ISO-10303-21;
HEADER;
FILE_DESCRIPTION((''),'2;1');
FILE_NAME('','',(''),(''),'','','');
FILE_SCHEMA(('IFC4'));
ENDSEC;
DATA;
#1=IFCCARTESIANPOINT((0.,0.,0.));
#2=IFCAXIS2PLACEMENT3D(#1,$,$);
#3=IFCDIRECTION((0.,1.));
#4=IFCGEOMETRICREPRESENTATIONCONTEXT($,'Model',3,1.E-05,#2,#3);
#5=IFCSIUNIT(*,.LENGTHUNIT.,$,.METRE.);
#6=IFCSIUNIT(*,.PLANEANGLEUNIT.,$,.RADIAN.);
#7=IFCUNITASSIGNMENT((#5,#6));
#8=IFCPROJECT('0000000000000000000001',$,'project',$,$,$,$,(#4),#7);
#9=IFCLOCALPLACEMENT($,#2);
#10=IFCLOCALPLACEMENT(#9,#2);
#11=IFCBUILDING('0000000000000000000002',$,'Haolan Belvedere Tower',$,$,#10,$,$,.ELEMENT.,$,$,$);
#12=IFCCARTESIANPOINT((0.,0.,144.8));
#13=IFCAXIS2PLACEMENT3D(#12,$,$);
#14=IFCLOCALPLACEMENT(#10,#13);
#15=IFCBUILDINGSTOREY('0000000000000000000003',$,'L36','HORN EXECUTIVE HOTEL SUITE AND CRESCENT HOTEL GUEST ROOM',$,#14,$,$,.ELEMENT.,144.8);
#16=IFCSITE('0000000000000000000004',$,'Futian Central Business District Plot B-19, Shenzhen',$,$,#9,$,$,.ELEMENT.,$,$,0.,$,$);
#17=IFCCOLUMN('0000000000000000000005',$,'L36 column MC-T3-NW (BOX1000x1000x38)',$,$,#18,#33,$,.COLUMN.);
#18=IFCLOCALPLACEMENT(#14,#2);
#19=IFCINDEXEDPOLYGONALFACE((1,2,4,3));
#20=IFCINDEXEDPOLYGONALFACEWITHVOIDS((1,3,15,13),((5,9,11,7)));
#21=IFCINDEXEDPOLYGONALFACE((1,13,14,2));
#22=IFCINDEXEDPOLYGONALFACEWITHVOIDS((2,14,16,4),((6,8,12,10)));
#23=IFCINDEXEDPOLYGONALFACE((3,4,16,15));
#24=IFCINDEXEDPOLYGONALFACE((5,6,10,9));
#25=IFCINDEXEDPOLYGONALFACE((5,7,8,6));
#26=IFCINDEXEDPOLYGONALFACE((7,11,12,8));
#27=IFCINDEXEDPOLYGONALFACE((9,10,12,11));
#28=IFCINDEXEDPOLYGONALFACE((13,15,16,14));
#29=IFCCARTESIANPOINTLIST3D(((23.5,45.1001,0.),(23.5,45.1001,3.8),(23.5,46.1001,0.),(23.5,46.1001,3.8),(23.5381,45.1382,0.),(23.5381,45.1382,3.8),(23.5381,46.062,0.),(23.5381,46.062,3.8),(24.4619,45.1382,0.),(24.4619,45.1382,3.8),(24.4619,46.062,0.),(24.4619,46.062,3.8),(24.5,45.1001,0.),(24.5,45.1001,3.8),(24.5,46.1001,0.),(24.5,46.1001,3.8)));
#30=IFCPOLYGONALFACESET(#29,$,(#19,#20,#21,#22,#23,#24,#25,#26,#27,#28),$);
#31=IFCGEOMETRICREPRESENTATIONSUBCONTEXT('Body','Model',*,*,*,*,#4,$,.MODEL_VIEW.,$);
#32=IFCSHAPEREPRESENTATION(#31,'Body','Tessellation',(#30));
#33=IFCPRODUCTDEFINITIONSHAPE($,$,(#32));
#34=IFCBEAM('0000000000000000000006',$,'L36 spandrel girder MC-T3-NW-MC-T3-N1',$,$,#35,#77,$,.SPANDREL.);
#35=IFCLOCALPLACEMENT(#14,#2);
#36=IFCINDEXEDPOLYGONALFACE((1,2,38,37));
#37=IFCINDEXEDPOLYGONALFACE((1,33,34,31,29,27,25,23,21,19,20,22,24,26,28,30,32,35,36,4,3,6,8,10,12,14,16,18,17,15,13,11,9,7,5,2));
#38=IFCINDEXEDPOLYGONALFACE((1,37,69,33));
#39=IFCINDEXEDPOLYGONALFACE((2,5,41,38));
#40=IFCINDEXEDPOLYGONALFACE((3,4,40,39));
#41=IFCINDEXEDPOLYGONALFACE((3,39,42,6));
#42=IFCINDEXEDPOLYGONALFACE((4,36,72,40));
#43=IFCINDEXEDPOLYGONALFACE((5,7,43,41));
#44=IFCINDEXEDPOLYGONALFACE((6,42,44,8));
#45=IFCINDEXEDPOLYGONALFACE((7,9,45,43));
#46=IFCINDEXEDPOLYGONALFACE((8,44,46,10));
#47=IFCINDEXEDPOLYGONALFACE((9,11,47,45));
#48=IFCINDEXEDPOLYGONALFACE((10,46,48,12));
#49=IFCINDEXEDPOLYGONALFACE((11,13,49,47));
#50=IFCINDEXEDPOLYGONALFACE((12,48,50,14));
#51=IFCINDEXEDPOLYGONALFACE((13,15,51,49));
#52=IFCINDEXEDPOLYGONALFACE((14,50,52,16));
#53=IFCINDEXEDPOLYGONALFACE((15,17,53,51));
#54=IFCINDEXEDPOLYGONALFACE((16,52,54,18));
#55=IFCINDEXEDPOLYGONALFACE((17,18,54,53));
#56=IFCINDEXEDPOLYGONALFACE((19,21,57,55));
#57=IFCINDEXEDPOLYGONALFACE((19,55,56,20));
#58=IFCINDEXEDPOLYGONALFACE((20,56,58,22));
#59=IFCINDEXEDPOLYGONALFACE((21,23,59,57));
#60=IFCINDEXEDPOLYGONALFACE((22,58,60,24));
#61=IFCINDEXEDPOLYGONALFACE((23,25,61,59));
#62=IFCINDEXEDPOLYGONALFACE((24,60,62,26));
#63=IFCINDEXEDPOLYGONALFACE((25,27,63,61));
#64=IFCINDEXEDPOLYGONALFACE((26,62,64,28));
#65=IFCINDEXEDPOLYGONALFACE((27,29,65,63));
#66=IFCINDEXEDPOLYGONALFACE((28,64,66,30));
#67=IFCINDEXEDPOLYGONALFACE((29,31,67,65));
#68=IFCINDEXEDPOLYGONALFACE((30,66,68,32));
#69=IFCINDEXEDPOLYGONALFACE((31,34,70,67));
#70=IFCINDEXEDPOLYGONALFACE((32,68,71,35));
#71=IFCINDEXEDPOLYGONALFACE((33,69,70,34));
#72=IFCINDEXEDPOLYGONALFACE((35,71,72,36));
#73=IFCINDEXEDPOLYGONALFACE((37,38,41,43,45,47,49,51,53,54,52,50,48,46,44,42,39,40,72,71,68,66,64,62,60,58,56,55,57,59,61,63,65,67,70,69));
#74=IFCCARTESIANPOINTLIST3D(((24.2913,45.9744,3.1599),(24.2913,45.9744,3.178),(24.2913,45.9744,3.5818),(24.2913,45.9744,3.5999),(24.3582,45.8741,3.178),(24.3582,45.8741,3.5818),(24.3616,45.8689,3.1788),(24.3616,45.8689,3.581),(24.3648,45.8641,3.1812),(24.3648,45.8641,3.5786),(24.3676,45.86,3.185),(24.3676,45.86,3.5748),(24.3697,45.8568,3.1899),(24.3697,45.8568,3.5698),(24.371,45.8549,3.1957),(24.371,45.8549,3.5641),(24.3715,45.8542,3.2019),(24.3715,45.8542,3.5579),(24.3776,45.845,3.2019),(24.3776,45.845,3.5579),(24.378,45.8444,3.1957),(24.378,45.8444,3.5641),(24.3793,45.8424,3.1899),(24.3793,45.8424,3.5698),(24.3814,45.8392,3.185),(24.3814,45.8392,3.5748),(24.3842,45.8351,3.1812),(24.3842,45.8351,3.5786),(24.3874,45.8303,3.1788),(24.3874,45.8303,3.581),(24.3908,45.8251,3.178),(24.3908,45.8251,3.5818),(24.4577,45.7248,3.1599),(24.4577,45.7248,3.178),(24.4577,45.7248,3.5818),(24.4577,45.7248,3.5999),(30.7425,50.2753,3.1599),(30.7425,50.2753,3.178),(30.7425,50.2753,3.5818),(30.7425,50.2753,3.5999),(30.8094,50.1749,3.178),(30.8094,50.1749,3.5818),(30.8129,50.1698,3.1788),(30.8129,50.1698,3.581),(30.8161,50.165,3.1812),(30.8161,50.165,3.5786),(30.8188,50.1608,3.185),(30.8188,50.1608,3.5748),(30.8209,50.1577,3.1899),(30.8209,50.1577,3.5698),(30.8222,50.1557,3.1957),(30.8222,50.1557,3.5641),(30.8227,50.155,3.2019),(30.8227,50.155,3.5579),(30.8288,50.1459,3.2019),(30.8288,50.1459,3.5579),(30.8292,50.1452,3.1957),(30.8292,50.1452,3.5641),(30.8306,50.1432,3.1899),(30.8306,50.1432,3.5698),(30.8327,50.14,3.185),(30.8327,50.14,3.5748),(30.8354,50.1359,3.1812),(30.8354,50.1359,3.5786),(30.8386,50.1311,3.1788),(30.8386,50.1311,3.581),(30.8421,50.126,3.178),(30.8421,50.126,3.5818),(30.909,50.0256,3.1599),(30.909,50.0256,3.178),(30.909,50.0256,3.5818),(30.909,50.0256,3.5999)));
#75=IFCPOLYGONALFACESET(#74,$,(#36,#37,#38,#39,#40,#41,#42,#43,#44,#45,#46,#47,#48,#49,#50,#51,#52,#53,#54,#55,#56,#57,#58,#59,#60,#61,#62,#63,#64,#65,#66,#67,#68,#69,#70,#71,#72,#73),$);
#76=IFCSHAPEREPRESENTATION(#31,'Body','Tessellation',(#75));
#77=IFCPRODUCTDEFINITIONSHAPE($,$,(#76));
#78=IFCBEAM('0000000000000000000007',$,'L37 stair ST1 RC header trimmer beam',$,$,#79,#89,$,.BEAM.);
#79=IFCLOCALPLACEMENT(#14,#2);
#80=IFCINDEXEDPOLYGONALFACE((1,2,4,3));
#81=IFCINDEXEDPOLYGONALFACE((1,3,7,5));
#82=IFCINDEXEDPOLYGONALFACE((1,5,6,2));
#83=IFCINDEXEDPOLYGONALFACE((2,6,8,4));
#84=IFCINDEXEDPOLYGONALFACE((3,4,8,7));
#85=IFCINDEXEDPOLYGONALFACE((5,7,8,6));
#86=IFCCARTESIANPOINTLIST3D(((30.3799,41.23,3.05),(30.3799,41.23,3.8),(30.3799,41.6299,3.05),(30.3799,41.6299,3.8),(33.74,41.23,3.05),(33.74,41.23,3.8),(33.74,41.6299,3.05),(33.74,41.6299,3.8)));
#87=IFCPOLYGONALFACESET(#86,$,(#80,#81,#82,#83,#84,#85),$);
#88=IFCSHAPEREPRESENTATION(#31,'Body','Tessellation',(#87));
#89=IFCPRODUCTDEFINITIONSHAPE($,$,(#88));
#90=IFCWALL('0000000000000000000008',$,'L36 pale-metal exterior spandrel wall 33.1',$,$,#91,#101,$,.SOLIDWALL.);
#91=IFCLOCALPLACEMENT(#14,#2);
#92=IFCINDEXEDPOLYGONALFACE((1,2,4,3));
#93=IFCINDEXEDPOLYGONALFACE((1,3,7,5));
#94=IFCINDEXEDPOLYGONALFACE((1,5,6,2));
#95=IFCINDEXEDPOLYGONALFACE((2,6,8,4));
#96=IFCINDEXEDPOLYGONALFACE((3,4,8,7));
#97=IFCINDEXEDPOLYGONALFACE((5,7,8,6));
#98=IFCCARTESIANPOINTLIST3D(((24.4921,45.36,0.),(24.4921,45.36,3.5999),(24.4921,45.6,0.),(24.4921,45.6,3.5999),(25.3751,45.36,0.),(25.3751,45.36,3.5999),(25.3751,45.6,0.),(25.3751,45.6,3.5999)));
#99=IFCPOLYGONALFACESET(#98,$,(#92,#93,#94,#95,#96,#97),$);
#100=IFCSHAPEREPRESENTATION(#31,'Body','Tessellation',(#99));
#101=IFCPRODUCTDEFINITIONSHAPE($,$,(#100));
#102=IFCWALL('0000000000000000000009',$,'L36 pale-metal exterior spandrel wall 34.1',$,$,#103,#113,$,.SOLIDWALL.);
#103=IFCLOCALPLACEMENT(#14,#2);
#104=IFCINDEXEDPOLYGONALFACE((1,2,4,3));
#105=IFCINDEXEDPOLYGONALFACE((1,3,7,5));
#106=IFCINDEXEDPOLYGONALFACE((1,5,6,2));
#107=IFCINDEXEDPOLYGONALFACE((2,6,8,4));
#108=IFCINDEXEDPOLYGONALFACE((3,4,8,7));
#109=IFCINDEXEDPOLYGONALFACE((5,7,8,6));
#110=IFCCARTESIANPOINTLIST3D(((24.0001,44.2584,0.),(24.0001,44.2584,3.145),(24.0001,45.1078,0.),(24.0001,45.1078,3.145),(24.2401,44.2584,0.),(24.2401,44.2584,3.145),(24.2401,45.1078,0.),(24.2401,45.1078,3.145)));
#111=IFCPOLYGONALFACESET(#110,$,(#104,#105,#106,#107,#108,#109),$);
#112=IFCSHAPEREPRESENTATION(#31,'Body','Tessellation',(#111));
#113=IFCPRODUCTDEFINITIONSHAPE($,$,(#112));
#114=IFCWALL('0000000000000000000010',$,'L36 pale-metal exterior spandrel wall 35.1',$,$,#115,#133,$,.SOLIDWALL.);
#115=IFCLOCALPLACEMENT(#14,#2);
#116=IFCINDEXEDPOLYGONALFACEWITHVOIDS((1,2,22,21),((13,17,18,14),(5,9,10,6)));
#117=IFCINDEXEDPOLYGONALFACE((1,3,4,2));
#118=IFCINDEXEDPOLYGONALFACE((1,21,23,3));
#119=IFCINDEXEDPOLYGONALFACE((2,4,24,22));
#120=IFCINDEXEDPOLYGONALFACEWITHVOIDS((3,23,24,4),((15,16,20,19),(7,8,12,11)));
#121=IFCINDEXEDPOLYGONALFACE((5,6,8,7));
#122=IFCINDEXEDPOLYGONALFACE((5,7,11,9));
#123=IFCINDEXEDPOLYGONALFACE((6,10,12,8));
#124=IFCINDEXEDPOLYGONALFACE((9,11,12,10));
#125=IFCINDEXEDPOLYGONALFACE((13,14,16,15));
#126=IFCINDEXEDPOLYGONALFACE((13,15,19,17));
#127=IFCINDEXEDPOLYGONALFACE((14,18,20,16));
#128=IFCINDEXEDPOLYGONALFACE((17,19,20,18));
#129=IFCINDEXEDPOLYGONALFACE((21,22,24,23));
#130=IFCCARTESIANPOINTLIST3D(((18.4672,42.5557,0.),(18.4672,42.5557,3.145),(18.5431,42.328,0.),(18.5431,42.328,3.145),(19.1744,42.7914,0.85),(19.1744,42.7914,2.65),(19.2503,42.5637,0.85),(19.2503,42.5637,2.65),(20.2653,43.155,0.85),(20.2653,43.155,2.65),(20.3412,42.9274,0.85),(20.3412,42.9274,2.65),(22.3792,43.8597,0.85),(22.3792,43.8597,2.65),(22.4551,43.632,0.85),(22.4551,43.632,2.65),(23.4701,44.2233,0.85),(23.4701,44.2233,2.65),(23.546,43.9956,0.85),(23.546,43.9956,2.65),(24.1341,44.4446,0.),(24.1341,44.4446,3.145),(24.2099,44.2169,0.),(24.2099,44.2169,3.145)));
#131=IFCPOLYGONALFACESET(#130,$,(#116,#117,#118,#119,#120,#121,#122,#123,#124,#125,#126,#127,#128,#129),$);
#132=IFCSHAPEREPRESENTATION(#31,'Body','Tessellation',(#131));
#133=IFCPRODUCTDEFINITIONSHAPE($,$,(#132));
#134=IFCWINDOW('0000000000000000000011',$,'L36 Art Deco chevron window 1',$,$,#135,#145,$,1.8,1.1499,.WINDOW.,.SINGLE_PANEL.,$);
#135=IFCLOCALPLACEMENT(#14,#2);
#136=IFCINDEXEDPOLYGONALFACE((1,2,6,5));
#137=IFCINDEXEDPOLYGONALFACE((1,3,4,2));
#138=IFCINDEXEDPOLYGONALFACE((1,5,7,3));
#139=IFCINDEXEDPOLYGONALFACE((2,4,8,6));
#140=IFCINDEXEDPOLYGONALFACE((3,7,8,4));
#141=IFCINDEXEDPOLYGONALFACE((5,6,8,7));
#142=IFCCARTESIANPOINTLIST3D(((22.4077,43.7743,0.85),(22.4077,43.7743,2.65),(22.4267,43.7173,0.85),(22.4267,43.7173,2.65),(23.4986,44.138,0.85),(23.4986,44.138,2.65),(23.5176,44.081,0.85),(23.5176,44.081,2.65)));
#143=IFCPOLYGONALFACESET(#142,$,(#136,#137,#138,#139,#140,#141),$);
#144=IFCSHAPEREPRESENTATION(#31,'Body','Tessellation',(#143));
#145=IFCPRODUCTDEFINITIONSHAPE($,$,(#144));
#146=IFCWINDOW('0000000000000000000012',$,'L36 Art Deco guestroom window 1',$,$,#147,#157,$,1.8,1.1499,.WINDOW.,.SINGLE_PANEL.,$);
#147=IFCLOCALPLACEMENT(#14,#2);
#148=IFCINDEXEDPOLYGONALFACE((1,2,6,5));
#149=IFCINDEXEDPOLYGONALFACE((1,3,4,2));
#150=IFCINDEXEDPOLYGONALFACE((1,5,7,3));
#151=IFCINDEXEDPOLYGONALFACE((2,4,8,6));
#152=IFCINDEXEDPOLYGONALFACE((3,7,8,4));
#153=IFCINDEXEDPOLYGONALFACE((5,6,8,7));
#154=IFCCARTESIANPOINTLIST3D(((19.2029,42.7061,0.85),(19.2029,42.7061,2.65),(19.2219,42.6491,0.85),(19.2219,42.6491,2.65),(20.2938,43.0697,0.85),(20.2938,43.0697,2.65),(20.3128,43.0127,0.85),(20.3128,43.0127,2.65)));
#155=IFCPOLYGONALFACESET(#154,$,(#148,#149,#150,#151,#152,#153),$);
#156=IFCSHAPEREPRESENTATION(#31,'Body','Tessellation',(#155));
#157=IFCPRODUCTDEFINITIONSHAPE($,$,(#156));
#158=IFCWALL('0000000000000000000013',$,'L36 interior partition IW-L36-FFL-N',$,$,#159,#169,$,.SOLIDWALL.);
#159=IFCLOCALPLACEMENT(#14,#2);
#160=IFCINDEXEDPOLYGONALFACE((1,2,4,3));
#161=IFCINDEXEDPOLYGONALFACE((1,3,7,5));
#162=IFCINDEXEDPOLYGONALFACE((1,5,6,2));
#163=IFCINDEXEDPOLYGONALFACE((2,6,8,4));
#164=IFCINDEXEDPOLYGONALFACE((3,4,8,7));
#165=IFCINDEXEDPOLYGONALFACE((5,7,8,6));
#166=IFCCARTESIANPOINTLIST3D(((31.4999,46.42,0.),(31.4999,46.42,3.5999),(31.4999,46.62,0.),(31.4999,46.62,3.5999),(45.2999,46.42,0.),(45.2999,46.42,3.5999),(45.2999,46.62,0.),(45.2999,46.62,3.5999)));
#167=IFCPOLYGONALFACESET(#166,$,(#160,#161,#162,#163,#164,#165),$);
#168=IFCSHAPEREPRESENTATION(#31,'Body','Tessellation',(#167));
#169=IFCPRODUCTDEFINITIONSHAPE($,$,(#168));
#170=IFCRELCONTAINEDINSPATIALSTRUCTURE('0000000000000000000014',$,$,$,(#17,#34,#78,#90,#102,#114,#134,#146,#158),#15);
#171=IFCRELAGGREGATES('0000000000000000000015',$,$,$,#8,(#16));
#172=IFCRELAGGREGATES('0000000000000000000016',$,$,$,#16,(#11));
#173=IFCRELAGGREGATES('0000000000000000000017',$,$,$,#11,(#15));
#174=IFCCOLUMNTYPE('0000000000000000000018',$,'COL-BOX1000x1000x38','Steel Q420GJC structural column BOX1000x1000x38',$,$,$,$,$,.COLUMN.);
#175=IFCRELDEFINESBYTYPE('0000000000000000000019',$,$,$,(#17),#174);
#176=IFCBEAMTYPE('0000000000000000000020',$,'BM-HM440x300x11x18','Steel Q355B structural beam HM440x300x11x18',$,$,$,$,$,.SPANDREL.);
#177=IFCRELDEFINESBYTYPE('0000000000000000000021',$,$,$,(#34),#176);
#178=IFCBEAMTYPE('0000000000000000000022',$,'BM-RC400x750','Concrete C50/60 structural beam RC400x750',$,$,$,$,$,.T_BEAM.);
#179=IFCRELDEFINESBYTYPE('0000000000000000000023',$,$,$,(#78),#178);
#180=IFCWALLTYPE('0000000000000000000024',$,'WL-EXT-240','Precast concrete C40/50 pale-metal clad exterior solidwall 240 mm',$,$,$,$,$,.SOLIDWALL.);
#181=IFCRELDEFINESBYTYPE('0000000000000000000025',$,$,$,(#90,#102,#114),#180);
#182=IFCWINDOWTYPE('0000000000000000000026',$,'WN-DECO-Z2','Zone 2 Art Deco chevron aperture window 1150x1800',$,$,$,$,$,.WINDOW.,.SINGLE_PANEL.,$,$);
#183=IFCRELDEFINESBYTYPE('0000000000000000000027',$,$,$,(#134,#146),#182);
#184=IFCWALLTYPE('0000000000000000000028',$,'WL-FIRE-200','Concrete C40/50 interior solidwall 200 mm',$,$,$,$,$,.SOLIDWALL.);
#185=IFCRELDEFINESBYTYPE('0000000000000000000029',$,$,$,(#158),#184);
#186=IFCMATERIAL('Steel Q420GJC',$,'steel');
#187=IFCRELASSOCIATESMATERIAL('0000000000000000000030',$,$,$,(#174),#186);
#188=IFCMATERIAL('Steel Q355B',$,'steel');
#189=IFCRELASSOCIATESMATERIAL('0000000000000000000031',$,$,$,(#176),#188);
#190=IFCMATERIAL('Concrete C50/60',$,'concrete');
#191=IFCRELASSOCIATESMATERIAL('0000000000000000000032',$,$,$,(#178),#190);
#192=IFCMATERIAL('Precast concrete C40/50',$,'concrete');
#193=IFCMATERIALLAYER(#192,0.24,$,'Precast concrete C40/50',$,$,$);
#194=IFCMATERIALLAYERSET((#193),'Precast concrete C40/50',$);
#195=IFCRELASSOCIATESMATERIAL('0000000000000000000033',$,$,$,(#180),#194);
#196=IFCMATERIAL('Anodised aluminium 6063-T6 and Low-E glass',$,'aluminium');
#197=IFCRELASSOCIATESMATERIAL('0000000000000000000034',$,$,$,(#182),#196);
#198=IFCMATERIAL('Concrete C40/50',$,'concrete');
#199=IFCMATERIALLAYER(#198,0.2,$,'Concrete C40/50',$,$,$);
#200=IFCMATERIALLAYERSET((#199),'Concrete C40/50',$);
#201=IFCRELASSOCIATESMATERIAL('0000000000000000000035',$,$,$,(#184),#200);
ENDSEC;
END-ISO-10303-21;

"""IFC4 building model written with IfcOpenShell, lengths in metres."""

from ifc_helpers import new_model, si_unit, direction, frame, frame_2d, origin, origin_2d, place, context, subcontext, project, spatial, rectangle, hollow_rectangle, i_section, extrude, material, layer, layer_set, material_profile, profile_set, type_object, element, fill, save


model = new_model("IFC4")

# Units and contexts
model_context = context("Model", 3, precision=1e-05, world=origin(), true_north=direction((0.0, 1.0)))
body_context = subcontext(model_context, "Body", "Model", "MODEL_VIEW")
ifc_project = project(units=[si_unit("LENGTHUNIT", "METRE"), si_unit("PLANEANGLEUNIT", "RADIAN")], contexts=[model_context])

# Site, building, storey
site_placement = place(None, origin())
site = spatial("IfcSite", under=ifc_project, at=site_placement, Name="Futian Central Business District Plot B-19, Shenzhen", CompositionType="ELEMENT", RefElevation=0.0)
building_placement = place(site_placement, origin())
building = spatial("IfcBuilding", under=site, at=building_placement, Name="Haolan Belvedere Tower", CompositionType="ELEMENT")
storey_placement = place(building_placement, frame((0.0, 0.0, 144.8)))
storey = spatial("IfcBuildingStorey", under=building, at=storey_placement, Name="L36", Description="HORN EXECUTIVE HOTEL SUITE AND CRESCENT HOTEL GUEST ROOM", CompositionType="ELEMENT", Elevation=144.8)

# Column
ifc_material_1 = material(Name="Steel Q420GJC", Category="steel")
ifc_material_profile_1 = material_profile(ifc_material_1, hollow_rectangle(XDim=1.0, YDim=1.0, WallThickness=0.0381, at=origin_2d()), Name="Steel Q420GJC")
ifc_profile_set_1 = profile_set([ifc_material_profile_1], Name="Steel Q420GJC")
column_type = type_object("IfcColumnType", Name="COL-BOX1000x1000x38", Description="Steel Q420GJC structural column BOX1000x1000x38", PredefinedType="COLUMN", material=ifc_profile_set_1)
column_placement = place(storey_placement, frame((24.0, 45.6001, 0.0), z_axis=(0.0, 0.0, 1.0), x_axis=(1.0, 0.0, 0.0)))
element("IfcColumn", 1, at=column_placement, inside=storey, type_object=column_type, Name="L36 column MC-T3-NW (BOX1000x1000x38)", PredefinedType="COLUMN", context=body_context, shape_type="SweptSolid", body=[
    extrude(hollow_rectangle(XDim=1.0, YDim=1.0, WallThickness=0.0381, at=origin_2d()), origin(), (0.0, 0.0, 1.0), 3.8),
])

# Beams
ifc_material_2 = material(Name="Steel Q355B", Category="steel")
ifc_material_profile_2 = material_profile(ifc_material_2, i_section(OverallWidth=0.3, OverallDepth=0.4399, WebThickness=0.011, FlangeThickness=0.0181, FilletRadius=0.0239, at=origin_2d()), Name="Steel Q355B")
ifc_profile_set_2 = profile_set([ifc_material_profile_2], Name="Steel Q355B")
beam_type_1 = type_object("IfcBeamType", Name="BM-HM440x300x11x18", Description="Steel Q355B structural beam HM440x300x11x18", PredefinedType="SPANDREL", material=ifc_profile_set_2)
beam_1_placement = place(storey_placement, frame((24.3745, 45.8496, 3.3799), z_axis=(0.83205, 0.5547, 0.0), x_axis=(-0.5547, 0.83205, 0.0)))
element("IfcBeam", 2, at=beam_1_placement, inside=storey, type_object=beam_type_1, Name="L36 spandrel girder MC-T3-NW-MC-T3-N1", PredefinedType="SPANDREL", context=body_context, shape_type="SweptSolid", body=[
    extrude(i_section(OverallWidth=0.3, OverallDepth=0.4399, WebThickness=0.011, FlangeThickness=0.0181, FilletRadius=0.0239, at=origin_2d()), origin(), (0.0, 0.0, 1.0), 7.7534),
])
ifc_material_3 = material(Name="Concrete C50/60", Category="concrete")
ifc_material_profile_3 = material_profile(ifc_material_3, rectangle(XDim=0.3999, YDim=0.75, at=origin_2d()), Name="Concrete C50/60")
ifc_profile_set_3 = profile_set([ifc_material_profile_3], Name="Concrete C50/60")
beam_type_2 = type_object("IfcBeamType", Name="BM-RC400x750", Description="Concrete C50/60 structural beam RC400x750", PredefinedType="T_BEAM", material=ifc_profile_set_3)
beam_2_placement = place(storey_placement, frame((30.3799, 41.4299, 3.425), z_axis=(1.0, 0.0, 0.0), x_axis=(0.0, 1.0, 0.0)))
element("IfcBeam", 3, at=beam_2_placement, inside=storey, type_object=beam_type_2, Name="L37 stair ST1 RC header trimmer beam", PredefinedType="BEAM", context=body_context, shape_type="SweptSolid", body=[
    extrude(rectangle(XDim=0.3999, YDim=0.75, at=origin_2d()), origin(), (0.0, 0.0, 1.0), 3.3601),
])

# Walls
ifc_material_4 = material(Name="Precast concrete C40/50", Category="concrete")
ifc_layer_1 = layer(ifc_material_4, 0.24, Name="Precast concrete C40/50")
ifc_layer_set_1 = layer_set([ifc_layer_1], Name="Precast concrete C40/50")
wall_type_1 = type_object("IfcWallType", Name="WL-EXT-240", Description="Precast concrete C40/50 pale-metal clad exterior solidwall 240 mm", PredefinedType="SOLIDWALL", material=ifc_layer_set_1)
wall_1_placement = place(storey_placement, frame((25.375, 45.48, 0.0), z_axis=(0.0, 0.0, 1.0), x_axis=(-1.0, 0.0, 0.0)))
element("IfcWall", 4, at=wall_1_placement, inside=storey, type_object=wall_type_1, Name="L36 pale-metal exterior spandrel wall 33.1", PredefinedType="SOLIDWALL", context=body_context, shape_type="SweptSolid", body=[
    extrude(rectangle(XDim=0.8831, YDim=0.24, at=frame_2d((0.4414, 0.0))), origin(), (0.0, 0.0, 1.0), 3.5999),
])
wall_2_placement = place(storey_placement, frame((24.1201, 45.1079, 0.0), z_axis=(0.0, 0.0, 1.0), x_axis=(0.0, -1.0, 0.0)))
element("IfcWall", 5, at=wall_2_placement, inside=storey, type_object=wall_type_1, Name="L36 pale-metal exterior spandrel wall 34.1", PredefinedType="SOLIDWALL", context=body_context, shape_type="SweptSolid", body=[
    extrude(rectangle(XDim=0.8494, YDim=0.24, at=frame_2d((0.4248, 0.0))), origin(), (0.0, 0.0, 1.0), 3.145),
])

# Wall, openings, windows
wall_3_placement = place(storey_placement, frame((24.1721, 44.3308, 0.0), z_axis=(0.0, 0.0, 1.0), x_axis=(-0.948683, -0.316228, 0.0)))
wall_3 = element("IfcWall", 6, at=wall_3_placement, inside=storey, type_object=wall_type_1, Name="L36 pale-metal exterior spandrel wall 35.1", PredefinedType="SOLIDWALL", context=body_context, shape_type="SweptSolid", body=[
    extrude(rectangle(XDim=5.9734, YDim=0.24, at=frame_2d((2.9868, 0.0))), origin(), (0.0, 0.0, 1.0), 3.145),
])
opening_1_placement = place(wall_3_placement, frame((0.7, 0.0, 0.8501)))
opening_1 = element("IfcOpeningElement", 7, at=opening_1_placement, cuts=wall_3, PredefinedType="OPENING", context=body_context, shape_type="SweptSolid", body=[
    extrude(rectangle(XDim=1.1499, YDim=1.8, at=frame_2d((0.575, 0.8999))), frame((0.0, 0.1299, 0.0), z_axis=(0.0, -1.0, 0.0), x_axis=(1.0, 0.0, 0.0)), (0.0, 0.0, 1.0), 0.26),
])
opening_2_placement = place(wall_3_placement, frame((4.0781, 0.0, 0.8501)))
opening_2 = element("IfcOpeningElement", 8, at=opening_2_placement, cuts=wall_3, PredefinedType="OPENING", context=body_context, shape_type="SweptSolid", body=[
    extrude(rectangle(XDim=1.1499, YDim=1.8, at=frame_2d((0.575, 0.8999))), frame((0.0, 0.1299, 0.0), z_axis=(0.0, -1.0, 0.0), x_axis=(1.0, 0.0, 0.0)), (0.0, 0.0, 1.0), 0.26),
])
ifc_material_5 = material(Name="Anodised aluminium 6063-T6 and Low-E glass", Category="aluminium")
window_type = type_object("IfcWindowType", Name="WN-DECO-Z2", Description="Zone 2 Art Deco chevron aperture window 1150x1800", PartitioningType="SINGLE_PANEL", PredefinedType="WINDOW", material=ifc_material_5)
window_1_placement = place(opening_1_placement, origin())
window_1 = element("IfcWindow", 9, at=window_1_placement, inside=storey, type_object=window_type, Name="L36 Art Deco chevron window 1", OverallHeight=1.8, OverallWidth=1.1499, PartitioningType="SINGLE_PANEL", PredefinedType="WINDOW", context=body_context, shape_type="SweptSolid", body=[
    extrude(rectangle(XDim=1.1499, YDim=1.8, at=frame_2d((0.575, 0.8999))), frame((0.0, 0.03, 0.0), z_axis=(0.0, -1.0, 0.0), x_axis=(1.0, 0.0, 0.0)), (0.0, 0.0, 1.0), 0.0601),
])
fill(opening_1, window_1)
window_2_placement = place(opening_2_placement, origin())
window_2 = element("IfcWindow", 10, at=window_2_placement, inside=storey, type_object=window_type, Name="L36 Art Deco guestroom window 1", OverallHeight=1.8, OverallWidth=1.1499, PartitioningType="SINGLE_PANEL", PredefinedType="WINDOW", context=body_context, shape_type="SweptSolid", body=[
    extrude(rectangle(XDim=1.1499, YDim=1.8, at=frame_2d((0.575, 0.8999))), frame((0.0, 0.03, 0.0), z_axis=(0.0, -1.0, 0.0), x_axis=(1.0, 0.0, 0.0)), (0.0, 0.0, 1.0), 0.0601),
])
fill(opening_2, window_2)

# Wall
ifc_material_6 = material(Name="Concrete C40/50", Category="concrete")
ifc_layer_2 = layer(ifc_material_6, 0.2, Name="Concrete C40/50")
ifc_layer_set_2 = layer_set([ifc_layer_2], Name="Concrete C40/50")
wall_type_2 = type_object("IfcWallType", Name="WL-FIRE-200", Description="Concrete C40/50 interior solidwall 200 mm", PredefinedType="SOLIDWALL", material=ifc_layer_set_2)
wall_4_placement = place(storey_placement, frame((31.5, 46.52, 0.0), z_axis=(0.0, 0.0, 1.0), x_axis=(1.0, 0.0, 0.0)))
element("IfcWall", 11, at=wall_4_placement, inside=storey, type_object=wall_type_2, Name="L36 interior partition IW-L36-FFL-N", PredefinedType="SOLIDWALL", context=body_context, shape_type="SweptSolid", body=[
    extrude(rectangle(XDim=13.8, YDim=0.2, at=frame_2d((6.8999, 0.0))), origin(), (0.0, 0.0, 1.0), 3.5999),
])

save(model, "model.ifc")
